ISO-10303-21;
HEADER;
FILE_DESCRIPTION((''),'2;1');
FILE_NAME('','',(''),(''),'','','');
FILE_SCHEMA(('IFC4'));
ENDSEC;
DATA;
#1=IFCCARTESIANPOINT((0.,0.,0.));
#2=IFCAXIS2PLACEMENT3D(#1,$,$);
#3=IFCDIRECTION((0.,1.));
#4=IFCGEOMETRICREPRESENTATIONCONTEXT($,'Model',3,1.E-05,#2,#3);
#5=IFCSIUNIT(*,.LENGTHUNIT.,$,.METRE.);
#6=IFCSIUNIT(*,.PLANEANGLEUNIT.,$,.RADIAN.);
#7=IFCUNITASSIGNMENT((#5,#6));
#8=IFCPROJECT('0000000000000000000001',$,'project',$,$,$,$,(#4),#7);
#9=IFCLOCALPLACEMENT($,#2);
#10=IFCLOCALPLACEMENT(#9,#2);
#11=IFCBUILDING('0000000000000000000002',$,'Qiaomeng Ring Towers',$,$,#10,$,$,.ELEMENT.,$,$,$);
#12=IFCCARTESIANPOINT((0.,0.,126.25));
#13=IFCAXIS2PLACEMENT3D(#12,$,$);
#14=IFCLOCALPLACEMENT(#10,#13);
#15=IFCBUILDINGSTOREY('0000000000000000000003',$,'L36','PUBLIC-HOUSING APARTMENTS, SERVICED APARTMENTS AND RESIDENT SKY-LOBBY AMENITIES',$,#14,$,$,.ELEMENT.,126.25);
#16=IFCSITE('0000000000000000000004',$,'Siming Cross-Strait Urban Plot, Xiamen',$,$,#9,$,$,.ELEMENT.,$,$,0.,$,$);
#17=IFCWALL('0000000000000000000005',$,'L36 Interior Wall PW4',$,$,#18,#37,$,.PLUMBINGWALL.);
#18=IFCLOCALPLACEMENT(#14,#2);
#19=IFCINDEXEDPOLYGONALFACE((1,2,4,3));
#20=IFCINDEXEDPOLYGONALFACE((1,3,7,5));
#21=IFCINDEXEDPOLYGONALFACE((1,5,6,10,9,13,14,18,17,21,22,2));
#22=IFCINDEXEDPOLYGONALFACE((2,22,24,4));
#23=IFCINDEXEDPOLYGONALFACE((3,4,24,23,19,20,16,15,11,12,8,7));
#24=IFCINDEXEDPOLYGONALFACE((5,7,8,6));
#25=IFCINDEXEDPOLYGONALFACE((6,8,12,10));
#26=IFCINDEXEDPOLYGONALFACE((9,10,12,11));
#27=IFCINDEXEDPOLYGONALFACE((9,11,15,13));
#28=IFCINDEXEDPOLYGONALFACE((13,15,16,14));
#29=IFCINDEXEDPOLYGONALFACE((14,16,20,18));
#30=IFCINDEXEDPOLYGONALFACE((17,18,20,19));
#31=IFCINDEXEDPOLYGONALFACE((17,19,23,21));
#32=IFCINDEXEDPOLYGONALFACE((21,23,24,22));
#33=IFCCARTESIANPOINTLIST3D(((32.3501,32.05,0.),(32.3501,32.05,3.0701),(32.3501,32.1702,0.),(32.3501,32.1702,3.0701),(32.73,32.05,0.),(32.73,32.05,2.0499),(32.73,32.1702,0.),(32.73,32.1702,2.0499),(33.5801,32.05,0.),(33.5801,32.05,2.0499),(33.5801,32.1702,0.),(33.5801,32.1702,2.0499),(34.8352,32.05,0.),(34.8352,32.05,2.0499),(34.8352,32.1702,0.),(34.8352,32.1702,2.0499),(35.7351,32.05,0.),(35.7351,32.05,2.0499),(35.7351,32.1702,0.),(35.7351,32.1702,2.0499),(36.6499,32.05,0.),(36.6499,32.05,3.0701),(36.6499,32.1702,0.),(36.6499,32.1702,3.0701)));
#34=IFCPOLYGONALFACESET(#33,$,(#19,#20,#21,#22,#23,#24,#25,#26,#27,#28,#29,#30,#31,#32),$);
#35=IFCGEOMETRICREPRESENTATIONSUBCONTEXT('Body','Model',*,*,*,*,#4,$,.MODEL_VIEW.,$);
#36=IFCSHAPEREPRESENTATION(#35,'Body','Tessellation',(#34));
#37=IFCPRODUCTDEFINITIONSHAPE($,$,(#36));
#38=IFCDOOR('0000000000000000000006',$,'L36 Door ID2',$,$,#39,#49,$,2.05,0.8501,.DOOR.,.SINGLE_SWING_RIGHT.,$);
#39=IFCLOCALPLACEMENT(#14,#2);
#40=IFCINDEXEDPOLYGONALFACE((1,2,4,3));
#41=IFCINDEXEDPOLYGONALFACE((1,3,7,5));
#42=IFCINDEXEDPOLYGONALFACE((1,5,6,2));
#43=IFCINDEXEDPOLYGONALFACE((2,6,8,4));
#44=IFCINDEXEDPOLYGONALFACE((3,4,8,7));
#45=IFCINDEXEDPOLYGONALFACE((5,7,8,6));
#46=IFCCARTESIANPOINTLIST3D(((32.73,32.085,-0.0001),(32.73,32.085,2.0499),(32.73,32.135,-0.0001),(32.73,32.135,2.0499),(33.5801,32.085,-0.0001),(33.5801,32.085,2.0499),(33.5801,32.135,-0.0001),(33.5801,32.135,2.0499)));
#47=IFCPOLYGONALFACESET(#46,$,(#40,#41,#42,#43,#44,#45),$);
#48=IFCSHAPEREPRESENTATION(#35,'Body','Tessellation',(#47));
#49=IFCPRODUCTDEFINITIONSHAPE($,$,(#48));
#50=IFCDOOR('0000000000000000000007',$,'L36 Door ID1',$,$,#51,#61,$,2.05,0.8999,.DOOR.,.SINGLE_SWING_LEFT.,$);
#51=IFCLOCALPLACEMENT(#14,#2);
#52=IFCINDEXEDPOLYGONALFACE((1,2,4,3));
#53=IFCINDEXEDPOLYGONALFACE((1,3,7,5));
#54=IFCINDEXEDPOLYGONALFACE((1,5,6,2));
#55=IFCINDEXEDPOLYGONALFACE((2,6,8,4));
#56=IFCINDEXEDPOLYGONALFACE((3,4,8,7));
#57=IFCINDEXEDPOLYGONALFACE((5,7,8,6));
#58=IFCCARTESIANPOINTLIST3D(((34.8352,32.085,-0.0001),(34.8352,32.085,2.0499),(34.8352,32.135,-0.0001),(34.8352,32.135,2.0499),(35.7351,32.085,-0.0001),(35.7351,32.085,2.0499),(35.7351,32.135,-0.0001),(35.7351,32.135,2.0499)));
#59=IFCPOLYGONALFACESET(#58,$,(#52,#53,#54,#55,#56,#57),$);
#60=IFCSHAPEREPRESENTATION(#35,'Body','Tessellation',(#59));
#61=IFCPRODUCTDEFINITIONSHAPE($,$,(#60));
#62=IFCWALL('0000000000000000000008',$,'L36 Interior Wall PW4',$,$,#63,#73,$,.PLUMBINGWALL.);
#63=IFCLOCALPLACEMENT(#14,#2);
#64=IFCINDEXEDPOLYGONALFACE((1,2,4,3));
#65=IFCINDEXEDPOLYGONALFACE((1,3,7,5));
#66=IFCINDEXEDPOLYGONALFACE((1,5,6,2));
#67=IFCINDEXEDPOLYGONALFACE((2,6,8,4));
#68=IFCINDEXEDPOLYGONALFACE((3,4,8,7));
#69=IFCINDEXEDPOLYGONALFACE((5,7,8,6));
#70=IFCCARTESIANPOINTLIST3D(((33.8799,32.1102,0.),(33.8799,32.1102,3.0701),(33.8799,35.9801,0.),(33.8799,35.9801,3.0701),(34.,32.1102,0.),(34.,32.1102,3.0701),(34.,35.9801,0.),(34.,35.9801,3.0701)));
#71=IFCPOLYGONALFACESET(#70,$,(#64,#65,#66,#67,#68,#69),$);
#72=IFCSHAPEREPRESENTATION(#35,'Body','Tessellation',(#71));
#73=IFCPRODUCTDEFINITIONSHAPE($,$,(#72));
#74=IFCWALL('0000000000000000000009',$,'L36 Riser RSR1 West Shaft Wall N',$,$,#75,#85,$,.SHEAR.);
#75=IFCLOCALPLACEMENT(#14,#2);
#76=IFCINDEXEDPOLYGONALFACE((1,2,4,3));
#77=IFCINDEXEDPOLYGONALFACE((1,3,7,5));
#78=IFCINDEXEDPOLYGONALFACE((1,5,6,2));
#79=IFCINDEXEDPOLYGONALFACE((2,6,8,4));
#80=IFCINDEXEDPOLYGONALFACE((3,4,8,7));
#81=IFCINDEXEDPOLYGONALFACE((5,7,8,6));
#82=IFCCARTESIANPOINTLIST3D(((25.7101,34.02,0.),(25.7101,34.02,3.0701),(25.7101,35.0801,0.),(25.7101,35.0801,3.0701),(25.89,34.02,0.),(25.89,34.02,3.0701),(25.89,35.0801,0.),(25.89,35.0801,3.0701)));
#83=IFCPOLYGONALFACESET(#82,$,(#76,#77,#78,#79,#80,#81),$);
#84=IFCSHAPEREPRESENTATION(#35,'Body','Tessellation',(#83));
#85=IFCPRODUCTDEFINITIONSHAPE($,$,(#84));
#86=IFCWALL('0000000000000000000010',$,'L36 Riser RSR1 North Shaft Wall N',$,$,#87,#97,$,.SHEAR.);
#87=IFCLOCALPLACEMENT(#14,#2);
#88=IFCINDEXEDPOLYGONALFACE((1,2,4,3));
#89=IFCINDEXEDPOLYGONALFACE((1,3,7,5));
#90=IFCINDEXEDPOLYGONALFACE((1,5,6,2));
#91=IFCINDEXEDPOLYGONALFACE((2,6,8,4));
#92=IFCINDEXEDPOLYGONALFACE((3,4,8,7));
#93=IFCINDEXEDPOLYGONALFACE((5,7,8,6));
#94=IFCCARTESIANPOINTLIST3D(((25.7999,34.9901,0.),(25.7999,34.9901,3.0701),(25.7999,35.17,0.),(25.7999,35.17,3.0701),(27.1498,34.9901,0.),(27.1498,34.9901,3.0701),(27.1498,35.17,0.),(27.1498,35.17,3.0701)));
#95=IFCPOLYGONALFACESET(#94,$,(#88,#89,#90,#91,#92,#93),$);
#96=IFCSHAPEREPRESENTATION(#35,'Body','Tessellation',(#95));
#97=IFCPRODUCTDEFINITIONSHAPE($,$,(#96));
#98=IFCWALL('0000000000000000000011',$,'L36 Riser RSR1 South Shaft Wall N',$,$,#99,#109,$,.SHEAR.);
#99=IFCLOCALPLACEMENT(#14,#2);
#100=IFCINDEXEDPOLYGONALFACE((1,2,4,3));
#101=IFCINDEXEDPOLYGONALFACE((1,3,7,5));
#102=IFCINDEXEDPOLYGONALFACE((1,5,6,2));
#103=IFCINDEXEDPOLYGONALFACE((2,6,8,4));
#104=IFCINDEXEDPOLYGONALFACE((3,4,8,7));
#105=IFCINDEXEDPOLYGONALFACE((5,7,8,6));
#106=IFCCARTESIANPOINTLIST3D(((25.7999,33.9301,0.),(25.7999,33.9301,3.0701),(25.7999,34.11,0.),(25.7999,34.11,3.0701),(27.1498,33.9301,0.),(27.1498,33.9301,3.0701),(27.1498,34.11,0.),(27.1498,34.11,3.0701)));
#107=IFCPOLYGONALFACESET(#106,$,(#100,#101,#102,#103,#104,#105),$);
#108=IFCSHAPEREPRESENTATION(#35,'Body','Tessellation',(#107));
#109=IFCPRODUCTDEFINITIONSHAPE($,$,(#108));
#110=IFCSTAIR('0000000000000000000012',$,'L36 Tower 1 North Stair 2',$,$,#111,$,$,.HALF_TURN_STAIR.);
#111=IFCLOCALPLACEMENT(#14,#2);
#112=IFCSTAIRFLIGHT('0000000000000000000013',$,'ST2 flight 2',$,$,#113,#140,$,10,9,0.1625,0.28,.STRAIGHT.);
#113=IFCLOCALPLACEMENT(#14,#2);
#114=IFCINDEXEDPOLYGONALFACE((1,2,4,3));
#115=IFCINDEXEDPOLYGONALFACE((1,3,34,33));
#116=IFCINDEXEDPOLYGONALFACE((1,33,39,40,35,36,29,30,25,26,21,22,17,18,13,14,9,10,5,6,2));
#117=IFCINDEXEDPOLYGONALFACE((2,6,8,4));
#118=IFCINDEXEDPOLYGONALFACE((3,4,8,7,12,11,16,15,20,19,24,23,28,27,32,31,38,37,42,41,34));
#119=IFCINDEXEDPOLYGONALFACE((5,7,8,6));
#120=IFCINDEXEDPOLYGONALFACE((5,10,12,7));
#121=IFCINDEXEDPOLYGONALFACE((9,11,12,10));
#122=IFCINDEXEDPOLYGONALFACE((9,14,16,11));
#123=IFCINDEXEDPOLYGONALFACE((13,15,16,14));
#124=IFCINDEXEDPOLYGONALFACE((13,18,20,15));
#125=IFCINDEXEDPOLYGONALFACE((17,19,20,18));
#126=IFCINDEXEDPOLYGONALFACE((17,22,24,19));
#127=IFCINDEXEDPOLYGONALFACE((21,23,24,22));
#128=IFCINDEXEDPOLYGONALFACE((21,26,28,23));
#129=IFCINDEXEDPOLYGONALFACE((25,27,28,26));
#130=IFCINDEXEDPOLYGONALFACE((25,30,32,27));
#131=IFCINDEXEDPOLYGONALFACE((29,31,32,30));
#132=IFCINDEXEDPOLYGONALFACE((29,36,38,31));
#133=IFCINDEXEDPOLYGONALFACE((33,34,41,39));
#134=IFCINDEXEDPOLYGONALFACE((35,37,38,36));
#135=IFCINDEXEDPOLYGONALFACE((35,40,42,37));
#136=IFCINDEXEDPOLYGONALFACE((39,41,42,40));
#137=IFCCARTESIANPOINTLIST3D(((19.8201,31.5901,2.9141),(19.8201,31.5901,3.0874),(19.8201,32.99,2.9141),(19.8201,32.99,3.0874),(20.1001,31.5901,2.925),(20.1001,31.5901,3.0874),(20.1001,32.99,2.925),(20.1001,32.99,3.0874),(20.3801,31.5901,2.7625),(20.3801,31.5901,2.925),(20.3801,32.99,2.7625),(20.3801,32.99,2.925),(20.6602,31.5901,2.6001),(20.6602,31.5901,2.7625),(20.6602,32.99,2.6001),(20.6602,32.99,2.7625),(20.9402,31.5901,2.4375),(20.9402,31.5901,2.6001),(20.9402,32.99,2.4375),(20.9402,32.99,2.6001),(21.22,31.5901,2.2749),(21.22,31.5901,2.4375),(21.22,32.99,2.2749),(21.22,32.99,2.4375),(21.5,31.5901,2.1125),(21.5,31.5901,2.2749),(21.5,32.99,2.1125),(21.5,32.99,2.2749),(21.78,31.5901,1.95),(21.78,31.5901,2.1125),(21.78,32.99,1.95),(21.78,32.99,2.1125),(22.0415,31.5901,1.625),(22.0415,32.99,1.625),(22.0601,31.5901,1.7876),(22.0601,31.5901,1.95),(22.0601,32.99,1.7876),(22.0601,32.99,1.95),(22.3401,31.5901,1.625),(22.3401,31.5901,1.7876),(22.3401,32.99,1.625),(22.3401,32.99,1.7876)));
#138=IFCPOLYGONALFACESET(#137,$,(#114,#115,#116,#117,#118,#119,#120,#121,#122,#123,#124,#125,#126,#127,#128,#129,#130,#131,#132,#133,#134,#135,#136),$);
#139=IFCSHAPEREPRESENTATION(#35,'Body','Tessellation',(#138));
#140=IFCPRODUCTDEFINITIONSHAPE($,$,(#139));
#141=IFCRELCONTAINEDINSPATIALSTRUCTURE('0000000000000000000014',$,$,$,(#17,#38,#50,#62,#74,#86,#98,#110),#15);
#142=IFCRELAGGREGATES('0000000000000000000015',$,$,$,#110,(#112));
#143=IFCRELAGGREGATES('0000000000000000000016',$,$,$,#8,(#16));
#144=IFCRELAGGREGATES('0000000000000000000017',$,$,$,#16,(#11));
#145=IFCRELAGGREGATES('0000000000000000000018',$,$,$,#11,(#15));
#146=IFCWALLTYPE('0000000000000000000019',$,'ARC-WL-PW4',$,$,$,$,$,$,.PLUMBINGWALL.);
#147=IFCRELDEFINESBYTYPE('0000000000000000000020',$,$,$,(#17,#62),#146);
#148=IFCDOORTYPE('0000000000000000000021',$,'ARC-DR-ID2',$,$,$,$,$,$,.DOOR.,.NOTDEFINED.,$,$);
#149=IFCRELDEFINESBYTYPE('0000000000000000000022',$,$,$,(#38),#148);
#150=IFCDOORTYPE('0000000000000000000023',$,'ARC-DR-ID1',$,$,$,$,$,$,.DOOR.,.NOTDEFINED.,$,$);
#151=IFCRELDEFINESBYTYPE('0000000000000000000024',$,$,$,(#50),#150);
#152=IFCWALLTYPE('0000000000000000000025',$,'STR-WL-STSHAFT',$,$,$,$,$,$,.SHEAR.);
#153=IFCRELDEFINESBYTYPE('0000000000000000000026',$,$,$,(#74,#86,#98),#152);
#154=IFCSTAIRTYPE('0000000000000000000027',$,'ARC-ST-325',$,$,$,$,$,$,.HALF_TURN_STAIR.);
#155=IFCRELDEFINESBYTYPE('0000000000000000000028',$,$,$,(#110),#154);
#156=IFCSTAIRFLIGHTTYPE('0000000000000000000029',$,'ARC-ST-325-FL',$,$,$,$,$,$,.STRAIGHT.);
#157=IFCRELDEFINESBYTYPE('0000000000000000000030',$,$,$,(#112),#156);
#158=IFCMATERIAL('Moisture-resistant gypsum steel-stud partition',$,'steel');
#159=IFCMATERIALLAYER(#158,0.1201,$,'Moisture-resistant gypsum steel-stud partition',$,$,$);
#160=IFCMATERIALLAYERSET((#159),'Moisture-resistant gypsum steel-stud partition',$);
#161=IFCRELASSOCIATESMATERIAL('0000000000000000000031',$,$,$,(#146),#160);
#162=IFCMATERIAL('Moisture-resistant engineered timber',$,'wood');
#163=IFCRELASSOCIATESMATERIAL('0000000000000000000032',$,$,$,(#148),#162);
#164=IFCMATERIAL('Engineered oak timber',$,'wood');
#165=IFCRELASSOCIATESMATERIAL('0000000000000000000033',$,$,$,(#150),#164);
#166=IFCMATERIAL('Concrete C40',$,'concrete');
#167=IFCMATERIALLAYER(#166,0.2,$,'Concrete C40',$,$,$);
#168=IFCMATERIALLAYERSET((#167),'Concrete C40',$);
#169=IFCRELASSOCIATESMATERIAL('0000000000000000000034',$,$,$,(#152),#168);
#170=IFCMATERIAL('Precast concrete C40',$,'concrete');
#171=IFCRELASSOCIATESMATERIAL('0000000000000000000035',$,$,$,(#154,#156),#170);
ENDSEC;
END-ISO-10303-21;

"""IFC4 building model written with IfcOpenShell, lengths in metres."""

from ifc_helpers import new_model, si_unit, direction, frame, frame_2d, origin, place, context, subcontext, project, spatial, polyline, rectangle, outline, extrude, source, transform, mapped, material, layer, layer_set, type_object, element, fill, aggregate, save


model = new_model("IFC4")

# Units and contexts
model_context = context("Model", 3, precision=1e-05, world=origin(), true_north=direction((0.0, 1.0)))
body_context = subcontext(model_context, "Body", "Model", "MODEL_VIEW")
ifc_project = project(units=[si_unit("LENGTHUNIT", "METRE"), si_unit("PLANEANGLEUNIT", "RADIAN")], contexts=[model_context])

# Site, building, storey
site_placement = place(None, origin())
site = spatial("IfcSite", under=ifc_project, at=site_placement, Name="Siming Cross-Strait Urban Plot, Xiamen", CompositionType="ELEMENT", RefElevation=0.0)
building_placement = place(site_placement, origin())
building = spatial("IfcBuilding", under=site, at=building_placement, Name="Qiaomeng Ring Towers", CompositionType="ELEMENT")
storey_placement = place(building_placement, frame((0.0, 0.0, 126.25)))
storey = spatial("IfcBuildingStorey", under=building, at=storey_placement, Name="L36", Description="PUBLIC-HOUSING APARTMENTS, SERVICED APARTMENTS AND RESIDENT SKY-LOBBY AMENITIES", CompositionType="ELEMENT", Elevation=126.25)

# Wall, openings, doors
ifc_material_1 = material(Name="Moisture-resistant gypsum steel-stud partition", Category="steel")
ifc_layer_1 = layer(ifc_material_1, 0.1201, Name="Moisture-resistant gypsum steel-stud partition")
ifc_layer_set_1 = layer_set([ifc_layer_1], Name="Moisture-resistant gypsum steel-stud partition")
wall_type_1 = type_object("IfcWallType", Name="ARC-WL-PW4", PredefinedType="PLUMBINGWALL", material=ifc_layer_set_1)
wall_1_placement = place(storey_placement, frame((32.3501, 32.1101, 0.0), z_axis=(0.0, 0.0, 1.0), x_axis=(1.0, 0.0, 0.0)))
wall_1 = element("IfcWall", 1, at=wall_1_placement, inside=storey, type_object=wall_type_1, Name="L36 Interior Wall PW4", PredefinedType="PLUMBINGWALL", context=body_context, shape_type="SweptSolid", body=[
    extrude(rectangle(XDim=4.2998, YDim=0.1201, at=frame_2d((2.1499, 0.0))), origin(), (0.0, 0.0, 1.0), 3.0701),
])
opening_1_placement = place(wall_1_placement, frame((0.3799, 0.0, 0.0)))
opening_1 = element("IfcOpeningElement", 2, at=opening_1_placement, cuts=wall_1, PredefinedType="OPENING", context=body_context, shape_type="SweptSolid", body=[
    extrude(rectangle(XDim=0.8501, YDim=2.05, at=frame_2d((0.425, 1.0249))), frame((0.0, 0.0701, 0.0), z_axis=(0.0, -1.0, 0.0), x_axis=(1.0, 0.0, 0.0)), (0.0, 0.0, 1.0), 0.1401),
])
opening_2_placement = place(wall_1_placement, frame((2.4851, 0.0, 0.0)))
opening_2 = element("IfcOpeningElement", 3, at=opening_2_placement, cuts=wall_1, PredefinedType="OPENING", context=body_context, shape_type="SweptSolid", body=[
    extrude(rectangle(XDim=0.8999, YDim=2.05, at=frame_2d((0.45, 1.0249))), frame((0.0, 0.0701, 0.0), z_axis=(0.0, -1.0, 0.0), x_axis=(1.0, 0.0, 0.0)), (0.0, 0.0, 1.0), 0.1401),
])
ifc_material_2 = material(Name="Moisture-resistant engineered timber", Category="wood")
door_type_1 = type_object("IfcDoorType", Name="ARC-DR-ID2", OperationType="NOTDEFINED", PredefinedType="DOOR", material=ifc_material_2)
shared_shape_1 = source(origin(), body_context, "Body", "SweptSolid", [
    extrude(rectangle(XDim=0.8501, YDim=2.05, at=frame_2d((0.425, 1.0249))), frame((0.0, 0.0249, 0.0), z_axis=(0.0, -1.0, 0.0), x_axis=(1.0, 0.0, 0.0)), (0.0, 0.0, 1.0), 0.05),
])
door_1_placement = place(opening_1_placement, origin())
door_1 = element("IfcDoor", 4, at=door_1_placement, inside=storey, type_object=door_type_1, Name="L36 Door ID2", OperationType="SINGLE_SWING_RIGHT", OverallHeight=2.05, OverallWidth=0.8501, PredefinedType="DOOR", context=body_context, shape_type="MappedRepresentation", body=[
    mapped(shared_shape_1, transform((0.0, 0.0, 0.0), x_axis=(1.0, 0.0, 0.0), y_axis=(0.0, 1.0, 0.0), z_axis=(0.0, 0.0, 1.0), scale=1.0)),
])
fill(opening_1, door_1)
ifc_material_3 = material(Name="Engineered oak timber", Category="wood")
door_type_2 = type_object("IfcDoorType", Name="ARC-DR-ID1", OperationType="NOTDEFINED", PredefinedType="DOOR", material=ifc_material_3)
shared_shape_2 = source(origin(), body_context, "Body", "SweptSolid", [
    extrude(rectangle(XDim=0.8999, YDim=2.05, at=frame_2d((0.45, 1.0249))), frame((0.0, 0.0249, 0.0), z_axis=(0.0, -1.0, 0.0), x_axis=(1.0, 0.0, 0.0)), (0.0, 0.0, 1.0), 0.05),
])
door_2_placement = place(opening_2_placement, origin())
door_2 = element("IfcDoor", 5, at=door_2_placement, inside=storey, type_object=door_type_2, Name="L36 Door ID1", OperationType="SINGLE_SWING_LEFT", OverallHeight=2.05, OverallWidth=0.8999, PredefinedType="DOOR", context=body_context, shape_type="MappedRepresentation", body=[
    mapped(shared_shape_2, transform((0.0, 0.0, 0.0), x_axis=(1.0, 0.0, 0.0), y_axis=(0.0, 1.0, 0.0), z_axis=(0.0, 0.0, 1.0), scale=1.0)),
])
fill(opening_2, door_2)

# Walls
wall_2_placement = place(storey_placement, frame((33.9399, 32.1101, 0.0), z_axis=(0.0, 0.0, 1.0), x_axis=(0.0, 1.0, 0.0)))
element("IfcWall", 6, at=wall_2_placement, inside=storey, type_object=wall_type_1, Name="L36 Interior Wall PW4", PredefinedType="PLUMBINGWALL", context=body_context, shape_type="SweptSolid", body=[
    extrude(rectangle(XDim=3.8699, YDim=0.1201, at=frame_2d((1.9351, 0.0))), origin(), (0.0, 0.0, 1.0), 3.0701),
])
ifc_material_4 = material(Name="Concrete C40", Category="concrete")
ifc_layer_2 = layer(ifc_material_4, 0.2, Name="Concrete C40")
ifc_layer_set_2 = layer_set([ifc_layer_2], Name="Concrete C40")
wall_type_2 = type_object("IfcWallType", Name="STR-WL-STSHAFT", PredefinedType="SHEAR", material=ifc_layer_set_2)
wall_3_placement = place(storey_placement, frame((25.8, 34.02, 0.0), z_axis=(0.0, 0.0, 1.0), x_axis=(0.0, 1.0, 0.0)))
element("IfcWall", 7, at=wall_3_placement, inside=storey, type_object=wall_type_2, Name="L36 Riser RSR1 West Shaft Wall N", PredefinedType="SHEAR", context=body_context, shape_type="SweptSolid", body=[
    extrude(rectangle(XDim=1.0601, YDim=0.1799, at=frame_2d((0.53, 0.0))), origin(), (0.0, 0.0, 1.0), 3.0701),
])
for number, where, z_axis, x_axis, name in (
    (8, (25.8, 35.0801, 0.0), (0.0, 0.0, 1.0), (1.0, 0.0, 0.0), "L36 Riser RSR1 North Shaft Wall N"),
    (9, (25.8, 34.02, 0.0), (0.0, 0.0, 1.0), (1.0, 0.0, 0.0), "L36 Riser RSR1 South Shaft Wall N"),
):
    element("IfcWall", number, at=place(storey_placement, frame(where, z_axis=z_axis, x_axis=x_axis)), inside=storey, type_object=wall_type_2, Name=name, PredefinedType="SHEAR", context=body_context, shape_type="SweptSolid", body=[
        extrude(rectangle(XDim=1.3499, YDim=0.1799, at=frame_2d((0.6748, 0.0))), origin(), (0.0, 0.0, 1.0), 3.0701),
    ])

# Stair, stair flight
ifc_material_5 = material(Name="Precast concrete C40", Category="concrete")
stair_type = type_object("IfcStairType", Name="ARC-ST-325", PredefinedType="HALF_TURN_STAIR", material=ifc_material_5)
stair_placement = place(storey_placement, origin())
stair = element("IfcStair", 10, at=stair_placement, inside=storey, type_object=stair_type, Name="L36 Tower 1 North Stair 2", PredefinedType="HALF_TURN_STAIR")
stair_flight_type = type_object("IfcStairFlightType", Name="ARC-ST-325-FL", PredefinedType="STRAIGHT", material=ifc_material_5)
shared_shape_3 = source(origin(), body_context, "Body", "SweptSolid", [
    extrude(outline(polyline([(0.0, 0.0), (0.0, 0.1626), (0.28, 0.1626), (0.28, 0.325), (0.5601, 0.325), (0.5601, 0.4875), (0.8401, 0.4875), (0.8401, 0.6499), (1.1201, 0.6499), (1.1201, 0.8125), (1.3999, 0.8125), (1.3999, 0.9751), (1.6799, 0.9751), (1.6799, 1.1375), (1.96, 1.1375), (1.96, 1.3), (2.24, 1.3), (2.24, 1.4624), (2.52, 1.4624), (2.52, 1.625), (2.52, 1.2891), (0.2986, 0.0), (0.0, 0.0)])), frame((0.0, 0.7, 0.0), z_axis=(0.0, -1.0, 0.0), x_axis=(1.0, 0.0, 0.0)), (0.0, 0.0, 1.0), 1.3999),
])
stair_flight_placement = place(storey_placement, frame((22.3401, 32.29, 1.625), z_axis=(0.0, 0.0, 1.0), x_axis=(-1.0, 0.0, 0.0)))
stair_flight = element("IfcStairFlight", 11, at=stair_flight_placement, type_object=stair_flight_type, Name="ST2 flight 2", NumberOfRisers=10, NumberOfTreads=9, PredefinedType="STRAIGHT", RiserHeight=0.1625, TreadLength=0.28, context=body_context, shape_type="MappedRepresentation", body=[
    mapped(shared_shape_3, transform((0.0, 0.0, 0.0), x_axis=(1.0, 0.0, 0.0), y_axis=(0.0, 1.0, 0.0), z_axis=(0.0, 0.0, 1.0), scale=1.0)),
])
aggregate(stair, [stair_flight])

save(model, "model.ifc")
